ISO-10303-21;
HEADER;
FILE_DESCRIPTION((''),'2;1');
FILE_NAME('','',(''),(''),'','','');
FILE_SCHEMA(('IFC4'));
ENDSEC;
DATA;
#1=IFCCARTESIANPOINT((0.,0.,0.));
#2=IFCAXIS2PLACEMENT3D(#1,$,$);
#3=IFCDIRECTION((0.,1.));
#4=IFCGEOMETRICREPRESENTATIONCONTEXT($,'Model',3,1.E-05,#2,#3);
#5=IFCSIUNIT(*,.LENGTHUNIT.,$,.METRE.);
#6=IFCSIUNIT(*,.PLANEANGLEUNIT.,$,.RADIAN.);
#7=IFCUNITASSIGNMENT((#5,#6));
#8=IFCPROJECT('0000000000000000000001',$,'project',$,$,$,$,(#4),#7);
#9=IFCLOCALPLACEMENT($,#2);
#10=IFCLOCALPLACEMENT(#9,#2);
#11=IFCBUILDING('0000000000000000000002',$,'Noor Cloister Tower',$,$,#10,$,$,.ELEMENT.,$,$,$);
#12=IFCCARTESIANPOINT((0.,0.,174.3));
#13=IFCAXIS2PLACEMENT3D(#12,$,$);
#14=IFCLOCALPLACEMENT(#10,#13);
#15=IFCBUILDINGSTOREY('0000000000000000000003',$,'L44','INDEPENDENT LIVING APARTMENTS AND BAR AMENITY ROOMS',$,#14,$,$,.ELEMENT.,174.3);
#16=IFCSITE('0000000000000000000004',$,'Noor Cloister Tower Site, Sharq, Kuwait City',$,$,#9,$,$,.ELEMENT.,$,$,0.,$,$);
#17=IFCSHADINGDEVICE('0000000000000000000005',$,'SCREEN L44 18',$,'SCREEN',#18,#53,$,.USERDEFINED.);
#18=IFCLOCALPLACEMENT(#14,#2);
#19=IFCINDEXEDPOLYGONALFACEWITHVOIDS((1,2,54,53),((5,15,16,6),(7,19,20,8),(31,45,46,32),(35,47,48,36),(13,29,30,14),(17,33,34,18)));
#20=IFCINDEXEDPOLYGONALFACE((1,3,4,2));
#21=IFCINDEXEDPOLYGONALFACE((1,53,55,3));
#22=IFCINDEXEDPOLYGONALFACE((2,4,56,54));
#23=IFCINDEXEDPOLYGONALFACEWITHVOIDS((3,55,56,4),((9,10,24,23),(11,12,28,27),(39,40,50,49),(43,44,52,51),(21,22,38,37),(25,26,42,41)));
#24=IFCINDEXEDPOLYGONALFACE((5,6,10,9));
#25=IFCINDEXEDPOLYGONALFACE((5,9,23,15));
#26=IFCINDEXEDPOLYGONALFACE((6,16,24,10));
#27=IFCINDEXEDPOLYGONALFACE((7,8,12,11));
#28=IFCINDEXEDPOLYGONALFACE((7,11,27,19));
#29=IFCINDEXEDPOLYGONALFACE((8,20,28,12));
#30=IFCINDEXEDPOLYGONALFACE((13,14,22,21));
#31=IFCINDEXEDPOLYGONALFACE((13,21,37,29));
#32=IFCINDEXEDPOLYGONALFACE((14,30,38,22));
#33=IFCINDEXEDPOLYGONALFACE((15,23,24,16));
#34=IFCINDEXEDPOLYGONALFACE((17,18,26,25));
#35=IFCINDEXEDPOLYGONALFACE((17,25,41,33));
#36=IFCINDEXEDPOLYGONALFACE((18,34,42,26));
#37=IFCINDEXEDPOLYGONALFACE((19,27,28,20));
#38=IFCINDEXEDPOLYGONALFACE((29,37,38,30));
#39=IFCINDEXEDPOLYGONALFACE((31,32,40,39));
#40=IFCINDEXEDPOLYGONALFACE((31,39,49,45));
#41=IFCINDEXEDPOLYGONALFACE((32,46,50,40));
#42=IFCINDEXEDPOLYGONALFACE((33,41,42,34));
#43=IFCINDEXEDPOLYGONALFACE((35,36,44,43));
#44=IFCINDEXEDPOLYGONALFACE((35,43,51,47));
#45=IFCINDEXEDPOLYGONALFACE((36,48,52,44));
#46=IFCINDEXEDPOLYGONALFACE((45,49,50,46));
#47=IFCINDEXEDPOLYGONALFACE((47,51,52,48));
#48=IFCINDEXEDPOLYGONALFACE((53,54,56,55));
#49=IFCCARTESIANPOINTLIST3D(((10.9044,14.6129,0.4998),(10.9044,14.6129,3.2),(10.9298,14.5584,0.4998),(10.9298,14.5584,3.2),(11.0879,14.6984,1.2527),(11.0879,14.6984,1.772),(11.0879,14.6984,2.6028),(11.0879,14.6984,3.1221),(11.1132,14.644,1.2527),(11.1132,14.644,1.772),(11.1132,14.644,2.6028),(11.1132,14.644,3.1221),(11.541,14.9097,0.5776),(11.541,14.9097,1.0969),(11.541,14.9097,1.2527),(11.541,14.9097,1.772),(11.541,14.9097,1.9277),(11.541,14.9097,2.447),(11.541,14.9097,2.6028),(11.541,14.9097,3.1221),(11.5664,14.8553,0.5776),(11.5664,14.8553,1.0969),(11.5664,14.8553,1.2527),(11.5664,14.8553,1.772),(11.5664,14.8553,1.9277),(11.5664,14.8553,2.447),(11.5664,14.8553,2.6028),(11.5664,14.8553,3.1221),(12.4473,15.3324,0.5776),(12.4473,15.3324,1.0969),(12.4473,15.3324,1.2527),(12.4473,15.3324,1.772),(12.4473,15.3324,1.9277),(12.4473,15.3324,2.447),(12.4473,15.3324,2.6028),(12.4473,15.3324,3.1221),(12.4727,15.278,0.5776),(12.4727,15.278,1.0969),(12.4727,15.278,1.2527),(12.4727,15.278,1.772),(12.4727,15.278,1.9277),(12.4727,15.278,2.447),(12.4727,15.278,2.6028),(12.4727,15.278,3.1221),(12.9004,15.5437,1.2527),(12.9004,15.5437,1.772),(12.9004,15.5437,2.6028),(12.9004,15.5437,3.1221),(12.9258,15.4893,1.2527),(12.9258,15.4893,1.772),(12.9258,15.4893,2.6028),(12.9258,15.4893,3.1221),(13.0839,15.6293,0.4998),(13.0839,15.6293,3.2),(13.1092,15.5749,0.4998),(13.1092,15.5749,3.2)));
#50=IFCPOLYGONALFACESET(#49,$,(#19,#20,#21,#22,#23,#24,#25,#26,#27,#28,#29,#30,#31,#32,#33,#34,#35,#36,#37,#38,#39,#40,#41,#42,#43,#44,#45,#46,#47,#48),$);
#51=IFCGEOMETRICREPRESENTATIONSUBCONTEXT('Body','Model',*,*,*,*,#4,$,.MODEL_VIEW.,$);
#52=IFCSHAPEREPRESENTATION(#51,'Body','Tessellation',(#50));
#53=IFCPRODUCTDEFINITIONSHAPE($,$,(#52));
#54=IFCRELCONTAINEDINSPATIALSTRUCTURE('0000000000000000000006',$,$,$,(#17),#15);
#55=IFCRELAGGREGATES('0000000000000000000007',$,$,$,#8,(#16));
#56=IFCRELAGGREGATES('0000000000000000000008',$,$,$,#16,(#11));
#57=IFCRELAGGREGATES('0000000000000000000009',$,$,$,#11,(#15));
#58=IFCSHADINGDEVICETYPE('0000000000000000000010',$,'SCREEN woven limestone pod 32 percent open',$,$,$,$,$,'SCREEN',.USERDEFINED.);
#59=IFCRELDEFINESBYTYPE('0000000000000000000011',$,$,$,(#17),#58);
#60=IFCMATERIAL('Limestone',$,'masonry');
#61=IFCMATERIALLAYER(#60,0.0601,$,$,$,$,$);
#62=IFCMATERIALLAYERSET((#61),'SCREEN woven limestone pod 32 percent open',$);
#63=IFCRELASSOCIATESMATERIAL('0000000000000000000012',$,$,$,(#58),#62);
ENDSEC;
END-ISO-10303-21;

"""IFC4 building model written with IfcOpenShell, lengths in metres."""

from ifc_helpers import new_model, si_unit, direction, frame, origin, place, context, subcontext, project, spatial, polyline, outline, extrude, material, layer, layer_set, type_object, element, save


model = new_model("IFC4")

# Units and contexts
model_context = context("Model", 3, precision=1e-05, world=origin(), true_north=direction((0.0, 1.0)))
body_context = subcontext(model_context, "Body", "Model", "MODEL_VIEW")
ifc_project = project(units=[si_unit("LENGTHUNIT", "METRE"), si_unit("PLANEANGLEUNIT", "RADIAN")], contexts=[model_context])

# Site, building, storey
site_placement = place(None, origin())
site = spatial("IfcSite", under=ifc_project, at=site_placement, Name="Noor Cloister Tower Site, Sharq, Kuwait City", CompositionType="ELEMENT", RefElevation=0.0)
building_placement = place(site_placement, origin())
building = spatial("IfcBuilding", under=site, at=building_placement, Name="Noor Cloister Tower", CompositionType="ELEMENT")
storey_placement = place(building_placement, frame((0.0, 0.0, 174.3)))
storey = spatial("IfcBuildingStorey", under=building, at=storey_placement, Name="L44", Description="INDEPENDENT LIVING APARTMENTS AND BAR AMENITY ROOMS", CompositionType="ELEMENT", Elevation=174.3)

# Shading device
ifc_material_1 = material(Name="Limestone", Category="masonry")
ifc_layer_1 = layer(ifc_material_1, 0.0601)
ifc_layer_set_1 = layer_set([ifc_layer_1], Name="SCREEN woven limestone pod 32 percent open")
shading_device_type_1 = type_object("IfcShadingDeviceType", Name="SCREEN woven limestone pod 32 percent open", ElementType="SCREEN", PredefinedType="USERDEFINED", material=ifc_layer_set_1)
shading_device_1_placement = place(storey_placement, frame((12.0195, 15.0667, 1.8499), z_axis=(-0.422663, 0.906287, 0.0), x_axis=(-0.906287, -0.422663, 0.0)))
element("IfcShadingDevice", 1, at=shading_device_1_placement, inside=storey, type_object=shading_device_type_1, Name="SCREEN L44 18", ObjectType="SCREEN", PredefinedType="USERDEFINED", context=body_context, shape_type="SweptSolid", body=[
    extrude(outline(polyline([(-1.2024, -1.3501), (1.2024, -1.3501), (1.2024, 1.3501), (-1.2024, 1.3501), (-1.2024, -1.3501)]), holes=[polyline([(-0.5, -1.2722), (0.5, -1.2722), (0.5, -0.7529), (-0.5, -0.7529), (-0.5, -1.2722)]), polyline([(-1.0, -0.5972), (-0.5, -0.5972), (-0.5, -0.0779), (-1.0, -0.0779), (-1.0, -0.5972)]), polyline([(0.5, -0.5972), (1.0, -0.5972), (1.0, -0.0779), (0.5, -0.0779), (0.5, -0.5972)]), polyline([(-0.5, 0.0779), (0.5, 0.0779), (0.5, 0.5972), (-0.5, 0.5972), (-0.5, 0.0779)]), polyline([(-1.0, 0.7529), (-0.5, 0.7529), (-0.5, 1.2722), (-1.0, 1.2722), (-1.0, 0.7529)]), polyline([(0.5, 0.7529), (1.0, 0.7529), (1.0, 1.2722), (0.5, 1.2722), (0.5, 0.7529)])]), origin(), (0.0, 0.0, 1.0), 0.0601),
])

save(model, "model.ifc")
